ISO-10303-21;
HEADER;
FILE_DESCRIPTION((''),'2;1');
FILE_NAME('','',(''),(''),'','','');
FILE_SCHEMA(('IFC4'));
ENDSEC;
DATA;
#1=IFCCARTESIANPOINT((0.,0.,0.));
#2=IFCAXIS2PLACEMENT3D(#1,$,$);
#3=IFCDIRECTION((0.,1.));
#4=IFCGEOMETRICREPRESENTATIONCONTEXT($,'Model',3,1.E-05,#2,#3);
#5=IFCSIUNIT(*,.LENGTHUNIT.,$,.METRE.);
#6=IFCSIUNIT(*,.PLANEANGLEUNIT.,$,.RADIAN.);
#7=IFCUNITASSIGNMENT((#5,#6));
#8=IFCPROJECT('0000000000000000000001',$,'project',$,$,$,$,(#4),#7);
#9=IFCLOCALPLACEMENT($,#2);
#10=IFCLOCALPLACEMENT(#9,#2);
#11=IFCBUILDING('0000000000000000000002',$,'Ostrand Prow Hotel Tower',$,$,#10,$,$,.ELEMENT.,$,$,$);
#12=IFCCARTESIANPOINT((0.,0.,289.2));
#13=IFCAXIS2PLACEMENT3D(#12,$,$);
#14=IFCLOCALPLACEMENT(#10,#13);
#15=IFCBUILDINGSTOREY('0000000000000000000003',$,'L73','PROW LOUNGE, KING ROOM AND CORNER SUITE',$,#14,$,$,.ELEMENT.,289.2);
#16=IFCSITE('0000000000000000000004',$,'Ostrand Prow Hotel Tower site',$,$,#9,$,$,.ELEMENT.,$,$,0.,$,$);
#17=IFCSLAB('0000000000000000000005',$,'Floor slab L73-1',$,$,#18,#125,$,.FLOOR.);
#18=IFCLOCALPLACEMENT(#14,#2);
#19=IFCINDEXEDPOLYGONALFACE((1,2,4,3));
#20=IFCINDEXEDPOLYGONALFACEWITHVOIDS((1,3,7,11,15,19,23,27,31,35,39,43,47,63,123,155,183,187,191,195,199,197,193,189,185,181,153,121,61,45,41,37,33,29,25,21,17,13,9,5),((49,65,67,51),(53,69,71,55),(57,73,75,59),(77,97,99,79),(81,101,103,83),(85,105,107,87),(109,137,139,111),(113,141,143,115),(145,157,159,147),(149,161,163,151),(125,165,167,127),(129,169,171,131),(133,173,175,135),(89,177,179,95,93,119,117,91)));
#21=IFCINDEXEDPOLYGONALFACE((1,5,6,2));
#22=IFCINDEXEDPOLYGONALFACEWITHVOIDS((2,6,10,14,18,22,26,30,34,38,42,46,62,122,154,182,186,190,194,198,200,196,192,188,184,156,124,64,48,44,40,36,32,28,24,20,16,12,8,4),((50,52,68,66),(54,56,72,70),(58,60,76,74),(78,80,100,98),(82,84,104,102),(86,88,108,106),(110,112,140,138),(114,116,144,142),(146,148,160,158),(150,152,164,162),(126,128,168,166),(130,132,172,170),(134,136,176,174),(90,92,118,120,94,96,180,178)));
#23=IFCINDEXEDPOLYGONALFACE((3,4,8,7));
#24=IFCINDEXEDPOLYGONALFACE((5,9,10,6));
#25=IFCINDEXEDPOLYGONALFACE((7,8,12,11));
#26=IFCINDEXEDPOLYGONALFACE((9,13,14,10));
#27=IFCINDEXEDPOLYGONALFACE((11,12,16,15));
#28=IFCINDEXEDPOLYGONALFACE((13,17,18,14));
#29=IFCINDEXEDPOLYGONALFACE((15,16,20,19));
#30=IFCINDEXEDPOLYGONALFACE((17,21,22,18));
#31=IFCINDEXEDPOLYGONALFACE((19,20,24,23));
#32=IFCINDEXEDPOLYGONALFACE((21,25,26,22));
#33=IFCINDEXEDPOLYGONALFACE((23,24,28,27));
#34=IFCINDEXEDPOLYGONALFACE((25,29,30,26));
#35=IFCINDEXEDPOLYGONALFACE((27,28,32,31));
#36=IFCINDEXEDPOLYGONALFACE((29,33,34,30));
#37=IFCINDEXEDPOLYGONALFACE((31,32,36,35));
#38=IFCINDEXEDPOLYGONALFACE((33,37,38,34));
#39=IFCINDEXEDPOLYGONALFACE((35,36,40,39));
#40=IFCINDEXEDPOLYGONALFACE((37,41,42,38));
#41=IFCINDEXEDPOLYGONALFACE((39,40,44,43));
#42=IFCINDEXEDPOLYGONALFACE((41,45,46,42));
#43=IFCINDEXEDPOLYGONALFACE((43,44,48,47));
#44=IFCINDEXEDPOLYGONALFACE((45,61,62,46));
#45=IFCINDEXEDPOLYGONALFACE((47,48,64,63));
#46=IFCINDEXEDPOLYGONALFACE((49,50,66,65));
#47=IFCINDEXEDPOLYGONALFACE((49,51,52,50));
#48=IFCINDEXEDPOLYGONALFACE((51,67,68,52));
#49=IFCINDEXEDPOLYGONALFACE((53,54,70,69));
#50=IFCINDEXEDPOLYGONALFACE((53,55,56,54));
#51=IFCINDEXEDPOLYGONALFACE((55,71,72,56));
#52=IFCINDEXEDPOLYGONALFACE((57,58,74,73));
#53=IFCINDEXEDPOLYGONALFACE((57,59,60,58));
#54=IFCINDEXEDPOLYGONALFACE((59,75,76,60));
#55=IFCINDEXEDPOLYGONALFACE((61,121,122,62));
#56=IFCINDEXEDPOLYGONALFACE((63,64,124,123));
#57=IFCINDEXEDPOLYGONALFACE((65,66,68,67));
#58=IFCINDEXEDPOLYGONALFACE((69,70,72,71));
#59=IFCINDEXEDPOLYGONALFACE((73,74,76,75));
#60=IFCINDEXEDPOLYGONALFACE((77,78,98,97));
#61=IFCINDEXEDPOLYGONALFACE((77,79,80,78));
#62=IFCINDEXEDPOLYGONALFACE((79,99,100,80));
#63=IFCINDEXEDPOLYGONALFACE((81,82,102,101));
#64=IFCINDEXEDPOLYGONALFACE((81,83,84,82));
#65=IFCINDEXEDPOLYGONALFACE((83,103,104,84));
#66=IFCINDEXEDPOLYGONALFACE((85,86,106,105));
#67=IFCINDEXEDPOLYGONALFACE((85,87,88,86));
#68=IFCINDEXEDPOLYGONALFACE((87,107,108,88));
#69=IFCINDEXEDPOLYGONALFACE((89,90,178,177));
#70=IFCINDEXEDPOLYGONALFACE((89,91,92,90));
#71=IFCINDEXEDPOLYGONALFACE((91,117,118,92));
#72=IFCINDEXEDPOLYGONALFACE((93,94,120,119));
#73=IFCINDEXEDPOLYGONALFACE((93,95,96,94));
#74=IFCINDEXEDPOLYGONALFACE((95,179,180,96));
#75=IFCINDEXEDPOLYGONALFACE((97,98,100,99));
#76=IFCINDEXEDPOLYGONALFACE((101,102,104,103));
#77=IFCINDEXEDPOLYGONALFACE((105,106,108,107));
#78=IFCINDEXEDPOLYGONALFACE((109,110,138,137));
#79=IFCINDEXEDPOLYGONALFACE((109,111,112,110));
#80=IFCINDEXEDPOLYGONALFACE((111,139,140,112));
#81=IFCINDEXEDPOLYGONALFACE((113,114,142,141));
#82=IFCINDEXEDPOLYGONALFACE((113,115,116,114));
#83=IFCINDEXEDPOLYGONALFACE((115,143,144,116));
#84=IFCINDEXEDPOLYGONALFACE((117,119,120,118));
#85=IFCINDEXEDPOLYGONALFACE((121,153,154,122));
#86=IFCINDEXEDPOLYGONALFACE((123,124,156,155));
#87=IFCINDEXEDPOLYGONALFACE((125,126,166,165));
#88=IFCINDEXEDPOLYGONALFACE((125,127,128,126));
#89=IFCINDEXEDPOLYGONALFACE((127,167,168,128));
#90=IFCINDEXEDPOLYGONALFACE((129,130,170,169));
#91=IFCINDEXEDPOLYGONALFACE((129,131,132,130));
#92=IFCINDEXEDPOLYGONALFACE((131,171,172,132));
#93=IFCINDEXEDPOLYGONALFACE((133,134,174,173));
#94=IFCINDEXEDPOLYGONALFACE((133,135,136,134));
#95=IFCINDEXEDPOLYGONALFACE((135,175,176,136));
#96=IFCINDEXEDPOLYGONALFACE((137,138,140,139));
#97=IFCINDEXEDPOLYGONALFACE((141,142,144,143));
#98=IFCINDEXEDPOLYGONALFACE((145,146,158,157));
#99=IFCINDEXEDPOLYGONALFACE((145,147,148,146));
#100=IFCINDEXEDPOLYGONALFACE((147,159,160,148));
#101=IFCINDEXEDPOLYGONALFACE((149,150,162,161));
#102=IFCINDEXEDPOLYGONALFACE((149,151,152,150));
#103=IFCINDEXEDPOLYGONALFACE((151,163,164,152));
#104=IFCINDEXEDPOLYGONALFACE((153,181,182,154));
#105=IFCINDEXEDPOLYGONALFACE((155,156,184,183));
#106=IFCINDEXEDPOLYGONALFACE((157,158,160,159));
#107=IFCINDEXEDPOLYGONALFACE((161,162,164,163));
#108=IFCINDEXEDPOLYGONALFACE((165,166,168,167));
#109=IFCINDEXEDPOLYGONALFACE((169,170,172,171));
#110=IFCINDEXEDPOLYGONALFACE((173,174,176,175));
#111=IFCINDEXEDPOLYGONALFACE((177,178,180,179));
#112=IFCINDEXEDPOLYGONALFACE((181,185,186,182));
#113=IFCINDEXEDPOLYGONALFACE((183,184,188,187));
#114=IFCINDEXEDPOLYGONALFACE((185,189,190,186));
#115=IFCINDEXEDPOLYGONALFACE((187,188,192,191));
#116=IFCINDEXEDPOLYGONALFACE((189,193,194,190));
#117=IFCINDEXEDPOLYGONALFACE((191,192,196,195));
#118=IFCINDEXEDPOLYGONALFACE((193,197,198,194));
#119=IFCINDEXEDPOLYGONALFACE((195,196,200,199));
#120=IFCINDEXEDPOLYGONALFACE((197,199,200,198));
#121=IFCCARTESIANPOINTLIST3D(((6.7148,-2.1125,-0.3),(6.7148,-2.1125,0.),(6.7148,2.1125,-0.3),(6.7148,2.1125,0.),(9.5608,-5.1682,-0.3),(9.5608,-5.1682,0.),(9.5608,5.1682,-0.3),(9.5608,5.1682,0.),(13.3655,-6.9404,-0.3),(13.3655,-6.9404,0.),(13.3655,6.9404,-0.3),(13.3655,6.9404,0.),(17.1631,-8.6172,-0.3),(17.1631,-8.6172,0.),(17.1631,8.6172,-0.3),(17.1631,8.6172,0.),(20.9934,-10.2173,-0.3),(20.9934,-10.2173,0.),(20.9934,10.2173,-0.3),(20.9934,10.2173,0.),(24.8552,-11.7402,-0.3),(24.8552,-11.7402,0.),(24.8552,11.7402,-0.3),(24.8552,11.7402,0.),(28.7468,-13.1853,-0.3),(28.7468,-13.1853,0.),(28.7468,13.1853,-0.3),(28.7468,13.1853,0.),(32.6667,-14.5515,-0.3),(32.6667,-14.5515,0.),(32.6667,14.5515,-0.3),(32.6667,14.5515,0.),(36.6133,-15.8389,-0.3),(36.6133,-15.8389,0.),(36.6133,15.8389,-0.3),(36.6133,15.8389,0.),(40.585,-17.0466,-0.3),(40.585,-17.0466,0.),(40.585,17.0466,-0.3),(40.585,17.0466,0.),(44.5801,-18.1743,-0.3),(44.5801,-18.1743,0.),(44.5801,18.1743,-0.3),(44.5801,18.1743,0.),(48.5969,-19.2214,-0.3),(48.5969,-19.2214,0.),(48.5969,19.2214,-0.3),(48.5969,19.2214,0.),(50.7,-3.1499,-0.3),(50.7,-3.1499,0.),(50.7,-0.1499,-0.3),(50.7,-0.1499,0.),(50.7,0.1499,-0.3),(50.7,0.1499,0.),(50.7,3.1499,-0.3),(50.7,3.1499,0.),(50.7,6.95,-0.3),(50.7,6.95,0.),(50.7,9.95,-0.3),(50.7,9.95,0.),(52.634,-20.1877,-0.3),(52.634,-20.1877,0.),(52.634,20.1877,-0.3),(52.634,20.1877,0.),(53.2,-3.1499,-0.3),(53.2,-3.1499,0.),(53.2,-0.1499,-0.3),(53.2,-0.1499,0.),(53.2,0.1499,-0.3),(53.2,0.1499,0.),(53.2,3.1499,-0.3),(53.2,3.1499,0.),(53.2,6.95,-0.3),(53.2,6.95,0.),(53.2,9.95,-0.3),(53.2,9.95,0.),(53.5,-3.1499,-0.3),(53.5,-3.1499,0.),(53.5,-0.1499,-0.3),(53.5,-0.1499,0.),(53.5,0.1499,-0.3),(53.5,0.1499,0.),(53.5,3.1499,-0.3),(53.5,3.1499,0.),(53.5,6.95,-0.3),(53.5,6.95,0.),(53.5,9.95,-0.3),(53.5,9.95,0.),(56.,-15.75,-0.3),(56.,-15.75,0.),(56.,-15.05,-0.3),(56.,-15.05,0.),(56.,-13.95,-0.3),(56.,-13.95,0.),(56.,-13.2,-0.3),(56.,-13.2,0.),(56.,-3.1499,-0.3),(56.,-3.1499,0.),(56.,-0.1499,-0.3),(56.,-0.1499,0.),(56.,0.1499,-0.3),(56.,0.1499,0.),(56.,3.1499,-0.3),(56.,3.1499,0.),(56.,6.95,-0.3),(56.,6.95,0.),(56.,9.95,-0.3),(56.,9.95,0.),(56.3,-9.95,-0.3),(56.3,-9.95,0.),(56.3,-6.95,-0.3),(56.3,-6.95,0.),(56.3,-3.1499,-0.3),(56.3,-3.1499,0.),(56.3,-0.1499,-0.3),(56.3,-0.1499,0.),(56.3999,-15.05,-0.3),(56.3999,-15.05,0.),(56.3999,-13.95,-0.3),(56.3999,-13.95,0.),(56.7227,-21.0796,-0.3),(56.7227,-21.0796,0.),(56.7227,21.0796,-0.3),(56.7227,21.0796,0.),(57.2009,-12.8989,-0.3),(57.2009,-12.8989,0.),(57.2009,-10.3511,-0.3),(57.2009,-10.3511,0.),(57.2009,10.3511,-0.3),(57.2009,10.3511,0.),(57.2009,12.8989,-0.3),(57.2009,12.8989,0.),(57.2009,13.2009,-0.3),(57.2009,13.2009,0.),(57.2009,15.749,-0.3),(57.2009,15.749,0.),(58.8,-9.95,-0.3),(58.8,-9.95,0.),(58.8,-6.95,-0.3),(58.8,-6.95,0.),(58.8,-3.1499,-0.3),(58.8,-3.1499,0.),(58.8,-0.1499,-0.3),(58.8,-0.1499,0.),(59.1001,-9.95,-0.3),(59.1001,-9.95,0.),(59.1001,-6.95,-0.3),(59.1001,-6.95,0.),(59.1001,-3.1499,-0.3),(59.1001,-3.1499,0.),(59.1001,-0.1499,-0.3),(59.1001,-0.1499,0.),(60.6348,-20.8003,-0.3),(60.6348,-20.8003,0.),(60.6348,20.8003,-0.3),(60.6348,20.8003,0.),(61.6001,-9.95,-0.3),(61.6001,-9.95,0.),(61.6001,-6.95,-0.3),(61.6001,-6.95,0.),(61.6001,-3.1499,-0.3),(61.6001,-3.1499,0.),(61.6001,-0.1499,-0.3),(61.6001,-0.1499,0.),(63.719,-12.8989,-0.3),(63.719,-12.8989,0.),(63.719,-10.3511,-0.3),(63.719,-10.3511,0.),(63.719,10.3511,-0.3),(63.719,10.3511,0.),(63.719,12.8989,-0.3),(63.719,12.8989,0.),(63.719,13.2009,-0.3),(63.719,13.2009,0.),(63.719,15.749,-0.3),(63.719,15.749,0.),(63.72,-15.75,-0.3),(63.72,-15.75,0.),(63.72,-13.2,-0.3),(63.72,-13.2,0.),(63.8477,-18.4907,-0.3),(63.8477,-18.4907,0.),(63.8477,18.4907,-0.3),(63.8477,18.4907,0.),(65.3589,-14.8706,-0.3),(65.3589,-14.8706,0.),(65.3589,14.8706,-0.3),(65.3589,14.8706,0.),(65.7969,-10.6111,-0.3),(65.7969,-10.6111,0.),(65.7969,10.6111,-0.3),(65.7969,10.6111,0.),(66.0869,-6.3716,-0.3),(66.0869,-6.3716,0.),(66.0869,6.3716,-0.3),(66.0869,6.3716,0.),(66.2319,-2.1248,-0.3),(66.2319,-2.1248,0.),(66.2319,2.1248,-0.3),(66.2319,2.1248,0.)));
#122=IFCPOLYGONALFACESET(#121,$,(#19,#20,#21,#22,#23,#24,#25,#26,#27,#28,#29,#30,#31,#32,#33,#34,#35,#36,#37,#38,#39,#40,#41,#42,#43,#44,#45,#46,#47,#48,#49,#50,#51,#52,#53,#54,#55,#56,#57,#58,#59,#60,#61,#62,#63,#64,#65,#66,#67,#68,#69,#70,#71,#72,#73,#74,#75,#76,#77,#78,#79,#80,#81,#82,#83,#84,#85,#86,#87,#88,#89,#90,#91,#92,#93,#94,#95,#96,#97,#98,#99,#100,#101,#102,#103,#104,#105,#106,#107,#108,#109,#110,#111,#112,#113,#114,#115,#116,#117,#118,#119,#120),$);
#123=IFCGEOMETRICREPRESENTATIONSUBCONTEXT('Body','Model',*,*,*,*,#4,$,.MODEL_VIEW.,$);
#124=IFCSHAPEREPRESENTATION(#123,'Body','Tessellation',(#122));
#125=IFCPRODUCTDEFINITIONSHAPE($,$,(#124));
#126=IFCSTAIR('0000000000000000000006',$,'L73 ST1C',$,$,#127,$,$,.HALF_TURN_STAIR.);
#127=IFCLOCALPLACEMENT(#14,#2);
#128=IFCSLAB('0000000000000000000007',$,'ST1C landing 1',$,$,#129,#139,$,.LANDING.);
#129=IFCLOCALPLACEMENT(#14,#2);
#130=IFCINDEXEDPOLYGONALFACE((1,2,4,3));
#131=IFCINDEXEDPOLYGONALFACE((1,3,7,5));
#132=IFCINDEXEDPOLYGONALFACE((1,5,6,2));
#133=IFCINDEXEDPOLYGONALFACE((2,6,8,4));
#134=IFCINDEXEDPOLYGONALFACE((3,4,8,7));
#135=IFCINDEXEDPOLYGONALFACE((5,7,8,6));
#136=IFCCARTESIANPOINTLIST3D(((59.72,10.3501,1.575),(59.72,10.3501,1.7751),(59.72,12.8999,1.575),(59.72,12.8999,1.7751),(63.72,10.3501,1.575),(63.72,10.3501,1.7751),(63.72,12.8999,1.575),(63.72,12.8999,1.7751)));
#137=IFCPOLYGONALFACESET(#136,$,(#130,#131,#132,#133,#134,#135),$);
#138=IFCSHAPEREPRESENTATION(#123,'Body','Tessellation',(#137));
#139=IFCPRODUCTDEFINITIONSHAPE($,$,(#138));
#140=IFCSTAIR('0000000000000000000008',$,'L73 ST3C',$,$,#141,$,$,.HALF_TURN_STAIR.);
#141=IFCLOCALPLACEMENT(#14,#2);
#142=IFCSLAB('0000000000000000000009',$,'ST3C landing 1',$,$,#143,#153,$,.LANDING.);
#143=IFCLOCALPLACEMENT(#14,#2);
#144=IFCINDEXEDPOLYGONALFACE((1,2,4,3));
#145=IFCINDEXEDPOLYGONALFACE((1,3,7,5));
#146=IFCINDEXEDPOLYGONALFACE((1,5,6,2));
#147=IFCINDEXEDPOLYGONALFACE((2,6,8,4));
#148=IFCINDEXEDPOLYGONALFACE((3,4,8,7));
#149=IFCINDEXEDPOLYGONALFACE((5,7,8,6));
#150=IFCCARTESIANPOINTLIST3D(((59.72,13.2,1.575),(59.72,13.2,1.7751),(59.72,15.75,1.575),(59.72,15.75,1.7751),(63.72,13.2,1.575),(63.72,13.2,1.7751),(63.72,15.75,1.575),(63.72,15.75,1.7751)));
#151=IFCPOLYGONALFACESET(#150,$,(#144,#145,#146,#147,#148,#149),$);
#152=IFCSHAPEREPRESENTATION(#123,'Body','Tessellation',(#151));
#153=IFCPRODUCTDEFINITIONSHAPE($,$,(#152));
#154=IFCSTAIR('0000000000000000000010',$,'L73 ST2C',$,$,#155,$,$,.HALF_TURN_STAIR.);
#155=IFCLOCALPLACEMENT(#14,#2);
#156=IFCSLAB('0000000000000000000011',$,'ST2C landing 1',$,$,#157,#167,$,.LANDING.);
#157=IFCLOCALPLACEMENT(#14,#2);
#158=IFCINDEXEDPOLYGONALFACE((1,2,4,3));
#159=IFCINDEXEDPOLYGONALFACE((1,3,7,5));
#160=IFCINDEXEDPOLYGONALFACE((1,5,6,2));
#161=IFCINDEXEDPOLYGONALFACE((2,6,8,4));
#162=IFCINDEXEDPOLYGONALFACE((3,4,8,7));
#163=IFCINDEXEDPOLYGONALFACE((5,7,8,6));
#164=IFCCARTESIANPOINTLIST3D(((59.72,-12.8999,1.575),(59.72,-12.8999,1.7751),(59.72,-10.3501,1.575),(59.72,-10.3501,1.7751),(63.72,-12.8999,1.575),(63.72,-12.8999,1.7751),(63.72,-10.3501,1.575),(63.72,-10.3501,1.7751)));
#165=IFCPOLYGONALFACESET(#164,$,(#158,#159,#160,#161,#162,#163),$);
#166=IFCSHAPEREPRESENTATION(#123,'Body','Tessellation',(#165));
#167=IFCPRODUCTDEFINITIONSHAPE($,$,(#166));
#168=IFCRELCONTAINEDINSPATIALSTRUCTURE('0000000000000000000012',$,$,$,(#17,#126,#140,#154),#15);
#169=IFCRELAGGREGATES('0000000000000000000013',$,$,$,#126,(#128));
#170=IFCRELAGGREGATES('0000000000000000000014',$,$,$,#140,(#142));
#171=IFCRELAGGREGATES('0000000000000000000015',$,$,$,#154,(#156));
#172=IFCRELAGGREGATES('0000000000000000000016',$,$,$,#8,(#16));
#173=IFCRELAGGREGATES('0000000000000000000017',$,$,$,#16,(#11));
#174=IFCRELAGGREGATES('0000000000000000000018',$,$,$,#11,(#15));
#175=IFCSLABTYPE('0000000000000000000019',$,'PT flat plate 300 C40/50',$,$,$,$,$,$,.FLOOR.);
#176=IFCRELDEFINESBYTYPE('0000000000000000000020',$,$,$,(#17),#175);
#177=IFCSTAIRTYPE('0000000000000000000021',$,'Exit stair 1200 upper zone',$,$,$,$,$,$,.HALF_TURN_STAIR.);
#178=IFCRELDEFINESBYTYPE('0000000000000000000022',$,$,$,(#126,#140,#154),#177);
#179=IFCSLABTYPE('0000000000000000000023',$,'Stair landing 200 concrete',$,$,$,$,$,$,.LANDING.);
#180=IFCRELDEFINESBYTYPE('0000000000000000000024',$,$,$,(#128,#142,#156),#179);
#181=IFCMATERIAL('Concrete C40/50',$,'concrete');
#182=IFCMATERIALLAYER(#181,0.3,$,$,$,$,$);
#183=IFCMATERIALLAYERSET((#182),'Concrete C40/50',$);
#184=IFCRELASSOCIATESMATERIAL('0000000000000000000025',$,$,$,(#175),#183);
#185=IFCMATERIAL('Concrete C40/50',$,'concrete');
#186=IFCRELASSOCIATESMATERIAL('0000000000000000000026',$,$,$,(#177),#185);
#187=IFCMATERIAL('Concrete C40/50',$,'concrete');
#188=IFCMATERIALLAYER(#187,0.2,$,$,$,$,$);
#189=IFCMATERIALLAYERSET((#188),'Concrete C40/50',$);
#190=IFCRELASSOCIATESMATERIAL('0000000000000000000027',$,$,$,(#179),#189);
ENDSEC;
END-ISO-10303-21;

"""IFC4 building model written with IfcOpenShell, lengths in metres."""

from ifc_helpers import new_model, si_unit, direction, frame, origin, place, context, subcontext, project, spatial, polyline, outline, extrude, material, layer, layer_set, type_object, element, aggregate, save


model = new_model("IFC4")

# Units and contexts
model_context = context("Model", 3, precision=1e-05, world=origin(), true_north=direction((0.0, 1.0)))
body_context = subcontext(model_context, "Body", "Model", "MODEL_VIEW")
ifc_project = project(units=[si_unit("LENGTHUNIT", "METRE"), si_unit("PLANEANGLEUNIT", "RADIAN")], contexts=[model_context])

# Site, building, storey
site_placement = place(None, origin())
site = spatial("IfcSite", under=ifc_project, at=site_placement, Name="Ostrand Prow Hotel Tower site", CompositionType="ELEMENT", RefElevation=0.0)
building_placement = place(site_placement, origin())
building = spatial("IfcBuilding", under=site, at=building_placement, Name="Ostrand Prow Hotel Tower", CompositionType="ELEMENT")
storey_placement = place(building_placement, frame((0.0, 0.0, 289.2)))
storey = spatial("IfcBuildingStorey", under=building, at=storey_placement, Name="L73", Description="PROW LOUNGE, KING ROOM AND CORNER SUITE", CompositionType="ELEMENT", Elevation=289.2)

# Slab, opening
ifc_material_1 = material(Name="Concrete C40/50", Category="concrete")
ifc_layer_1 = layer(ifc_material_1, 0.3)
ifc_layer_set_1 = layer_set([ifc_layer_1], Name="Concrete C40/50")
slab_type_1 = type_object("IfcSlabType", Name="PT flat plate 300 C40/50", PredefinedType="FLOOR", material=ifc_layer_set_1)
slab_1_placement = place(storey_placement, frame((0.0, 0.0, -0.3)))
slab_1 = element("IfcSlab", 1, at=slab_1_placement, inside=storey, type_object=slab_type_1, Name="Floor slab L73-1", PredefinedType="FLOOR", context=body_context, shape_type="SweptSolid", body=[
    extrude(outline(polyline([(9.5608, 5.1682), (13.3655, 6.9404), (17.1631, 8.6172), (20.9934, 10.2173), (24.8552, 11.7402), (28.7468, 13.1853), (32.6667, 14.5515), (36.6133, 15.8389), (40.585, 17.0466), (44.5801, 18.1743), (48.5969, 19.2214), (52.634, 20.1877), (56.7227, 21.0796), (60.6348, 20.8003), (63.8477, 18.4907), (65.3589, 14.8706), (65.7969, 10.6111), (66.0869, 6.3716), (66.2319, 2.1248), (66.2319, -2.1248), (66.0869, -6.3716), (65.7969, -10.6111), (65.3589, -14.8706), (63.8477, -18.4907), (60.6348, -20.8003), (56.7227, -21.0796), (52.634, -20.1877), (48.5969, -19.2214), (44.5801, -18.1743), (40.585, -17.0466), (36.6133, -15.8389), (32.6667, -14.5515), (28.7468, -13.1853), (24.8552, -11.7402), (20.9934, -10.2173), (17.1631, -8.6172), (13.3655, -6.9404), (9.5608, -5.1682), (6.7148, -2.1125), (6.7148, 2.1125), (9.5608, 5.1682)]), holes=[polyline([(50.7, 6.95), (53.2, 6.95), (53.2, 9.95), (50.7, 9.95), (50.7, 6.95)]), polyline([(53.5, 6.95), (56.0, 6.95), (56.0, 9.95), (53.5, 9.95), (53.5, 6.95)]), polyline([(50.7, 0.1499), (53.2, 0.1499), (53.2, 3.1499), (50.7, 3.1499), (50.7, 0.1499)]), polyline([(53.5, 0.1499), (56.0, 0.1499), (56.0, 3.1499), (53.5, 3.1499), (53.5, 0.1499)]), polyline([(50.7, -3.1499), (53.2, -3.1499), (53.2, -0.1499), (50.7, -0.1499), (50.7, -3.1499)]), polyline([(53.5, -3.1499), (56.0, -3.1499), (56.0, -0.1499), (53.5, -0.1499), (53.5, -3.1499)]), polyline([(56.3, -3.1499), (58.8, -3.1499), (58.8, -0.1499), (56.3, -0.1499), (56.3, -3.1499)]), polyline([(59.1001, -3.1499), (61.6001, -3.1499), (61.6001, -0.1499), (59.1001, -0.1499), (59.1001, -3.1499)]), polyline([(56.3, -9.95), (58.8, -9.95), (58.8, -6.95), (56.3, -6.95), (56.3, -9.95)]), polyline([(59.1001, -9.95), (61.6001, -9.95), (61.6001, -6.95), (59.1001, -6.95), (59.1001, -9.95)]), polyline([(57.2009, 10.3511), (57.2009, 12.8989), (63.719, 12.8989), (63.719, 10.3511), (57.2009, 10.3511)]), polyline([(57.2009, 13.2009), (57.2009, 15.749), (63.719, 15.749), (63.719, 13.2009), (57.2009, 13.2009)]), polyline([(57.2009, -12.8989), (57.2009, -10.3511), (63.719, -10.3511), (63.719, -12.8989), (57.2009, -12.8989)]), polyline([(56.0, -13.95), (56.0, -13.2), (63.72, -13.2), (63.72, -15.75), (56.0, -15.75), (56.0, -15.05), (56.3999, -15.05), (56.3999, -13.95), (56.0, -13.95)])]), origin(), (0.0, 0.0, 1.0), 0.3),
])
opening_1_placement = place(slab_1_placement, origin())
element("IfcOpeningElement", 2, at=opening_1_placement, cuts=slab_1, PredefinedType="OPENING", context=body_context, shape_type="SweptSolid", body=[
    extrude(outline(polyline([(56.0, -13.95), (56.0, -13.2), (63.72, -13.2), (63.72, -15.75), (56.0, -15.75), (56.0, -15.05), (56.3999, -15.05), (56.3999, -13.95), (56.0, -13.95)])), origin(), (0.0, 0.0, 1.0), 0.3),
])

# Stairs, slabs
ifc_material_2 = material(Name="Concrete C40/50", Category="concrete")
stair_type = type_object("IfcStairType", Name="Exit stair 1200 upper zone", PredefinedType="HALF_TURN_STAIR", material=ifc_material_2)
stair_1_placement = place(storey_placement, origin())
stair_1 = element("IfcStair", 3, at=stair_1_placement, inside=storey, type_object=stair_type, Name="L73 ST1C", PredefinedType="HALF_TURN_STAIR")
ifc_material_3 = material(Name="Concrete C40/50", Category="concrete")
ifc_layer_2 = layer(ifc_material_3, 0.2)
ifc_layer_set_2 = layer_set([ifc_layer_2], Name="Concrete C40/50")
slab_type_2 = type_object("IfcSlabType", Name="Stair landing 200 concrete", PredefinedType="LANDING", material=ifc_layer_set_2)
slab_2_placement = place(storey_placement, frame((0.0, 0.0, 1.575)))
slab_2 = element("IfcSlab", 4, at=slab_2_placement, type_object=slab_type_2, Name="ST1C landing 1", PredefinedType="LANDING", context=body_context, shape_type="SweptSolid", body=[
    extrude(outline(polyline([(59.72, 10.3501), (63.72, 10.3501), (63.72, 12.8999), (59.72, 12.8999), (59.72, 10.3501)])), origin(), (0.0, 0.0, 1.0), 0.2002),
])
aggregate(stair_1, [slab_2])
stair_2_placement = place(storey_placement, origin())
stair_2 = element("IfcStair", 5, at=stair_2_placement, inside=storey, type_object=stair_type, Name="L73 ST3C", PredefinedType="HALF_TURN_STAIR")
slab_3_placement = place(storey_placement, frame((0.0, 0.0, 1.575)))
slab_3 = element("IfcSlab", 6, at=slab_3_placement, type_object=slab_type_2, Name="ST3C landing 1", PredefinedType="LANDING", context=body_context, shape_type="SweptSolid", body=[
    extrude(outline(polyline([(59.72, 13.2), (63.72, 13.2), (63.72, 15.75), (59.72, 15.75), (59.72, 13.2)])), origin(), (0.0, 0.0, 1.0), 0.2002),
])
aggregate(stair_2, [slab_3])
stair_3_placement = place(storey_placement, origin())
stair_3 = element("IfcStair", 7, at=stair_3_placement, inside=storey, type_object=stair_type, Name="L73 ST2C", PredefinedType="HALF_TURN_STAIR")
slab_4_placement = place(storey_placement, frame((0.0, 0.0, 1.575)))
slab_4 = element("IfcSlab", 8, at=slab_4_placement, type_object=slab_type_2, Name="ST2C landing 1", PredefinedType="LANDING", context=body_context, shape_type="SweptSolid", body=[
    extrude(outline(polyline([(59.72, -12.8999), (63.72, -12.8999), (63.72, -10.3501), (59.72, -10.3501), (59.72, -12.8999)])), origin(), (0.0, 0.0, 1.0), 0.2002),
])
aggregate(stair_3, [slab_4])

save(model, "model.ifc")
